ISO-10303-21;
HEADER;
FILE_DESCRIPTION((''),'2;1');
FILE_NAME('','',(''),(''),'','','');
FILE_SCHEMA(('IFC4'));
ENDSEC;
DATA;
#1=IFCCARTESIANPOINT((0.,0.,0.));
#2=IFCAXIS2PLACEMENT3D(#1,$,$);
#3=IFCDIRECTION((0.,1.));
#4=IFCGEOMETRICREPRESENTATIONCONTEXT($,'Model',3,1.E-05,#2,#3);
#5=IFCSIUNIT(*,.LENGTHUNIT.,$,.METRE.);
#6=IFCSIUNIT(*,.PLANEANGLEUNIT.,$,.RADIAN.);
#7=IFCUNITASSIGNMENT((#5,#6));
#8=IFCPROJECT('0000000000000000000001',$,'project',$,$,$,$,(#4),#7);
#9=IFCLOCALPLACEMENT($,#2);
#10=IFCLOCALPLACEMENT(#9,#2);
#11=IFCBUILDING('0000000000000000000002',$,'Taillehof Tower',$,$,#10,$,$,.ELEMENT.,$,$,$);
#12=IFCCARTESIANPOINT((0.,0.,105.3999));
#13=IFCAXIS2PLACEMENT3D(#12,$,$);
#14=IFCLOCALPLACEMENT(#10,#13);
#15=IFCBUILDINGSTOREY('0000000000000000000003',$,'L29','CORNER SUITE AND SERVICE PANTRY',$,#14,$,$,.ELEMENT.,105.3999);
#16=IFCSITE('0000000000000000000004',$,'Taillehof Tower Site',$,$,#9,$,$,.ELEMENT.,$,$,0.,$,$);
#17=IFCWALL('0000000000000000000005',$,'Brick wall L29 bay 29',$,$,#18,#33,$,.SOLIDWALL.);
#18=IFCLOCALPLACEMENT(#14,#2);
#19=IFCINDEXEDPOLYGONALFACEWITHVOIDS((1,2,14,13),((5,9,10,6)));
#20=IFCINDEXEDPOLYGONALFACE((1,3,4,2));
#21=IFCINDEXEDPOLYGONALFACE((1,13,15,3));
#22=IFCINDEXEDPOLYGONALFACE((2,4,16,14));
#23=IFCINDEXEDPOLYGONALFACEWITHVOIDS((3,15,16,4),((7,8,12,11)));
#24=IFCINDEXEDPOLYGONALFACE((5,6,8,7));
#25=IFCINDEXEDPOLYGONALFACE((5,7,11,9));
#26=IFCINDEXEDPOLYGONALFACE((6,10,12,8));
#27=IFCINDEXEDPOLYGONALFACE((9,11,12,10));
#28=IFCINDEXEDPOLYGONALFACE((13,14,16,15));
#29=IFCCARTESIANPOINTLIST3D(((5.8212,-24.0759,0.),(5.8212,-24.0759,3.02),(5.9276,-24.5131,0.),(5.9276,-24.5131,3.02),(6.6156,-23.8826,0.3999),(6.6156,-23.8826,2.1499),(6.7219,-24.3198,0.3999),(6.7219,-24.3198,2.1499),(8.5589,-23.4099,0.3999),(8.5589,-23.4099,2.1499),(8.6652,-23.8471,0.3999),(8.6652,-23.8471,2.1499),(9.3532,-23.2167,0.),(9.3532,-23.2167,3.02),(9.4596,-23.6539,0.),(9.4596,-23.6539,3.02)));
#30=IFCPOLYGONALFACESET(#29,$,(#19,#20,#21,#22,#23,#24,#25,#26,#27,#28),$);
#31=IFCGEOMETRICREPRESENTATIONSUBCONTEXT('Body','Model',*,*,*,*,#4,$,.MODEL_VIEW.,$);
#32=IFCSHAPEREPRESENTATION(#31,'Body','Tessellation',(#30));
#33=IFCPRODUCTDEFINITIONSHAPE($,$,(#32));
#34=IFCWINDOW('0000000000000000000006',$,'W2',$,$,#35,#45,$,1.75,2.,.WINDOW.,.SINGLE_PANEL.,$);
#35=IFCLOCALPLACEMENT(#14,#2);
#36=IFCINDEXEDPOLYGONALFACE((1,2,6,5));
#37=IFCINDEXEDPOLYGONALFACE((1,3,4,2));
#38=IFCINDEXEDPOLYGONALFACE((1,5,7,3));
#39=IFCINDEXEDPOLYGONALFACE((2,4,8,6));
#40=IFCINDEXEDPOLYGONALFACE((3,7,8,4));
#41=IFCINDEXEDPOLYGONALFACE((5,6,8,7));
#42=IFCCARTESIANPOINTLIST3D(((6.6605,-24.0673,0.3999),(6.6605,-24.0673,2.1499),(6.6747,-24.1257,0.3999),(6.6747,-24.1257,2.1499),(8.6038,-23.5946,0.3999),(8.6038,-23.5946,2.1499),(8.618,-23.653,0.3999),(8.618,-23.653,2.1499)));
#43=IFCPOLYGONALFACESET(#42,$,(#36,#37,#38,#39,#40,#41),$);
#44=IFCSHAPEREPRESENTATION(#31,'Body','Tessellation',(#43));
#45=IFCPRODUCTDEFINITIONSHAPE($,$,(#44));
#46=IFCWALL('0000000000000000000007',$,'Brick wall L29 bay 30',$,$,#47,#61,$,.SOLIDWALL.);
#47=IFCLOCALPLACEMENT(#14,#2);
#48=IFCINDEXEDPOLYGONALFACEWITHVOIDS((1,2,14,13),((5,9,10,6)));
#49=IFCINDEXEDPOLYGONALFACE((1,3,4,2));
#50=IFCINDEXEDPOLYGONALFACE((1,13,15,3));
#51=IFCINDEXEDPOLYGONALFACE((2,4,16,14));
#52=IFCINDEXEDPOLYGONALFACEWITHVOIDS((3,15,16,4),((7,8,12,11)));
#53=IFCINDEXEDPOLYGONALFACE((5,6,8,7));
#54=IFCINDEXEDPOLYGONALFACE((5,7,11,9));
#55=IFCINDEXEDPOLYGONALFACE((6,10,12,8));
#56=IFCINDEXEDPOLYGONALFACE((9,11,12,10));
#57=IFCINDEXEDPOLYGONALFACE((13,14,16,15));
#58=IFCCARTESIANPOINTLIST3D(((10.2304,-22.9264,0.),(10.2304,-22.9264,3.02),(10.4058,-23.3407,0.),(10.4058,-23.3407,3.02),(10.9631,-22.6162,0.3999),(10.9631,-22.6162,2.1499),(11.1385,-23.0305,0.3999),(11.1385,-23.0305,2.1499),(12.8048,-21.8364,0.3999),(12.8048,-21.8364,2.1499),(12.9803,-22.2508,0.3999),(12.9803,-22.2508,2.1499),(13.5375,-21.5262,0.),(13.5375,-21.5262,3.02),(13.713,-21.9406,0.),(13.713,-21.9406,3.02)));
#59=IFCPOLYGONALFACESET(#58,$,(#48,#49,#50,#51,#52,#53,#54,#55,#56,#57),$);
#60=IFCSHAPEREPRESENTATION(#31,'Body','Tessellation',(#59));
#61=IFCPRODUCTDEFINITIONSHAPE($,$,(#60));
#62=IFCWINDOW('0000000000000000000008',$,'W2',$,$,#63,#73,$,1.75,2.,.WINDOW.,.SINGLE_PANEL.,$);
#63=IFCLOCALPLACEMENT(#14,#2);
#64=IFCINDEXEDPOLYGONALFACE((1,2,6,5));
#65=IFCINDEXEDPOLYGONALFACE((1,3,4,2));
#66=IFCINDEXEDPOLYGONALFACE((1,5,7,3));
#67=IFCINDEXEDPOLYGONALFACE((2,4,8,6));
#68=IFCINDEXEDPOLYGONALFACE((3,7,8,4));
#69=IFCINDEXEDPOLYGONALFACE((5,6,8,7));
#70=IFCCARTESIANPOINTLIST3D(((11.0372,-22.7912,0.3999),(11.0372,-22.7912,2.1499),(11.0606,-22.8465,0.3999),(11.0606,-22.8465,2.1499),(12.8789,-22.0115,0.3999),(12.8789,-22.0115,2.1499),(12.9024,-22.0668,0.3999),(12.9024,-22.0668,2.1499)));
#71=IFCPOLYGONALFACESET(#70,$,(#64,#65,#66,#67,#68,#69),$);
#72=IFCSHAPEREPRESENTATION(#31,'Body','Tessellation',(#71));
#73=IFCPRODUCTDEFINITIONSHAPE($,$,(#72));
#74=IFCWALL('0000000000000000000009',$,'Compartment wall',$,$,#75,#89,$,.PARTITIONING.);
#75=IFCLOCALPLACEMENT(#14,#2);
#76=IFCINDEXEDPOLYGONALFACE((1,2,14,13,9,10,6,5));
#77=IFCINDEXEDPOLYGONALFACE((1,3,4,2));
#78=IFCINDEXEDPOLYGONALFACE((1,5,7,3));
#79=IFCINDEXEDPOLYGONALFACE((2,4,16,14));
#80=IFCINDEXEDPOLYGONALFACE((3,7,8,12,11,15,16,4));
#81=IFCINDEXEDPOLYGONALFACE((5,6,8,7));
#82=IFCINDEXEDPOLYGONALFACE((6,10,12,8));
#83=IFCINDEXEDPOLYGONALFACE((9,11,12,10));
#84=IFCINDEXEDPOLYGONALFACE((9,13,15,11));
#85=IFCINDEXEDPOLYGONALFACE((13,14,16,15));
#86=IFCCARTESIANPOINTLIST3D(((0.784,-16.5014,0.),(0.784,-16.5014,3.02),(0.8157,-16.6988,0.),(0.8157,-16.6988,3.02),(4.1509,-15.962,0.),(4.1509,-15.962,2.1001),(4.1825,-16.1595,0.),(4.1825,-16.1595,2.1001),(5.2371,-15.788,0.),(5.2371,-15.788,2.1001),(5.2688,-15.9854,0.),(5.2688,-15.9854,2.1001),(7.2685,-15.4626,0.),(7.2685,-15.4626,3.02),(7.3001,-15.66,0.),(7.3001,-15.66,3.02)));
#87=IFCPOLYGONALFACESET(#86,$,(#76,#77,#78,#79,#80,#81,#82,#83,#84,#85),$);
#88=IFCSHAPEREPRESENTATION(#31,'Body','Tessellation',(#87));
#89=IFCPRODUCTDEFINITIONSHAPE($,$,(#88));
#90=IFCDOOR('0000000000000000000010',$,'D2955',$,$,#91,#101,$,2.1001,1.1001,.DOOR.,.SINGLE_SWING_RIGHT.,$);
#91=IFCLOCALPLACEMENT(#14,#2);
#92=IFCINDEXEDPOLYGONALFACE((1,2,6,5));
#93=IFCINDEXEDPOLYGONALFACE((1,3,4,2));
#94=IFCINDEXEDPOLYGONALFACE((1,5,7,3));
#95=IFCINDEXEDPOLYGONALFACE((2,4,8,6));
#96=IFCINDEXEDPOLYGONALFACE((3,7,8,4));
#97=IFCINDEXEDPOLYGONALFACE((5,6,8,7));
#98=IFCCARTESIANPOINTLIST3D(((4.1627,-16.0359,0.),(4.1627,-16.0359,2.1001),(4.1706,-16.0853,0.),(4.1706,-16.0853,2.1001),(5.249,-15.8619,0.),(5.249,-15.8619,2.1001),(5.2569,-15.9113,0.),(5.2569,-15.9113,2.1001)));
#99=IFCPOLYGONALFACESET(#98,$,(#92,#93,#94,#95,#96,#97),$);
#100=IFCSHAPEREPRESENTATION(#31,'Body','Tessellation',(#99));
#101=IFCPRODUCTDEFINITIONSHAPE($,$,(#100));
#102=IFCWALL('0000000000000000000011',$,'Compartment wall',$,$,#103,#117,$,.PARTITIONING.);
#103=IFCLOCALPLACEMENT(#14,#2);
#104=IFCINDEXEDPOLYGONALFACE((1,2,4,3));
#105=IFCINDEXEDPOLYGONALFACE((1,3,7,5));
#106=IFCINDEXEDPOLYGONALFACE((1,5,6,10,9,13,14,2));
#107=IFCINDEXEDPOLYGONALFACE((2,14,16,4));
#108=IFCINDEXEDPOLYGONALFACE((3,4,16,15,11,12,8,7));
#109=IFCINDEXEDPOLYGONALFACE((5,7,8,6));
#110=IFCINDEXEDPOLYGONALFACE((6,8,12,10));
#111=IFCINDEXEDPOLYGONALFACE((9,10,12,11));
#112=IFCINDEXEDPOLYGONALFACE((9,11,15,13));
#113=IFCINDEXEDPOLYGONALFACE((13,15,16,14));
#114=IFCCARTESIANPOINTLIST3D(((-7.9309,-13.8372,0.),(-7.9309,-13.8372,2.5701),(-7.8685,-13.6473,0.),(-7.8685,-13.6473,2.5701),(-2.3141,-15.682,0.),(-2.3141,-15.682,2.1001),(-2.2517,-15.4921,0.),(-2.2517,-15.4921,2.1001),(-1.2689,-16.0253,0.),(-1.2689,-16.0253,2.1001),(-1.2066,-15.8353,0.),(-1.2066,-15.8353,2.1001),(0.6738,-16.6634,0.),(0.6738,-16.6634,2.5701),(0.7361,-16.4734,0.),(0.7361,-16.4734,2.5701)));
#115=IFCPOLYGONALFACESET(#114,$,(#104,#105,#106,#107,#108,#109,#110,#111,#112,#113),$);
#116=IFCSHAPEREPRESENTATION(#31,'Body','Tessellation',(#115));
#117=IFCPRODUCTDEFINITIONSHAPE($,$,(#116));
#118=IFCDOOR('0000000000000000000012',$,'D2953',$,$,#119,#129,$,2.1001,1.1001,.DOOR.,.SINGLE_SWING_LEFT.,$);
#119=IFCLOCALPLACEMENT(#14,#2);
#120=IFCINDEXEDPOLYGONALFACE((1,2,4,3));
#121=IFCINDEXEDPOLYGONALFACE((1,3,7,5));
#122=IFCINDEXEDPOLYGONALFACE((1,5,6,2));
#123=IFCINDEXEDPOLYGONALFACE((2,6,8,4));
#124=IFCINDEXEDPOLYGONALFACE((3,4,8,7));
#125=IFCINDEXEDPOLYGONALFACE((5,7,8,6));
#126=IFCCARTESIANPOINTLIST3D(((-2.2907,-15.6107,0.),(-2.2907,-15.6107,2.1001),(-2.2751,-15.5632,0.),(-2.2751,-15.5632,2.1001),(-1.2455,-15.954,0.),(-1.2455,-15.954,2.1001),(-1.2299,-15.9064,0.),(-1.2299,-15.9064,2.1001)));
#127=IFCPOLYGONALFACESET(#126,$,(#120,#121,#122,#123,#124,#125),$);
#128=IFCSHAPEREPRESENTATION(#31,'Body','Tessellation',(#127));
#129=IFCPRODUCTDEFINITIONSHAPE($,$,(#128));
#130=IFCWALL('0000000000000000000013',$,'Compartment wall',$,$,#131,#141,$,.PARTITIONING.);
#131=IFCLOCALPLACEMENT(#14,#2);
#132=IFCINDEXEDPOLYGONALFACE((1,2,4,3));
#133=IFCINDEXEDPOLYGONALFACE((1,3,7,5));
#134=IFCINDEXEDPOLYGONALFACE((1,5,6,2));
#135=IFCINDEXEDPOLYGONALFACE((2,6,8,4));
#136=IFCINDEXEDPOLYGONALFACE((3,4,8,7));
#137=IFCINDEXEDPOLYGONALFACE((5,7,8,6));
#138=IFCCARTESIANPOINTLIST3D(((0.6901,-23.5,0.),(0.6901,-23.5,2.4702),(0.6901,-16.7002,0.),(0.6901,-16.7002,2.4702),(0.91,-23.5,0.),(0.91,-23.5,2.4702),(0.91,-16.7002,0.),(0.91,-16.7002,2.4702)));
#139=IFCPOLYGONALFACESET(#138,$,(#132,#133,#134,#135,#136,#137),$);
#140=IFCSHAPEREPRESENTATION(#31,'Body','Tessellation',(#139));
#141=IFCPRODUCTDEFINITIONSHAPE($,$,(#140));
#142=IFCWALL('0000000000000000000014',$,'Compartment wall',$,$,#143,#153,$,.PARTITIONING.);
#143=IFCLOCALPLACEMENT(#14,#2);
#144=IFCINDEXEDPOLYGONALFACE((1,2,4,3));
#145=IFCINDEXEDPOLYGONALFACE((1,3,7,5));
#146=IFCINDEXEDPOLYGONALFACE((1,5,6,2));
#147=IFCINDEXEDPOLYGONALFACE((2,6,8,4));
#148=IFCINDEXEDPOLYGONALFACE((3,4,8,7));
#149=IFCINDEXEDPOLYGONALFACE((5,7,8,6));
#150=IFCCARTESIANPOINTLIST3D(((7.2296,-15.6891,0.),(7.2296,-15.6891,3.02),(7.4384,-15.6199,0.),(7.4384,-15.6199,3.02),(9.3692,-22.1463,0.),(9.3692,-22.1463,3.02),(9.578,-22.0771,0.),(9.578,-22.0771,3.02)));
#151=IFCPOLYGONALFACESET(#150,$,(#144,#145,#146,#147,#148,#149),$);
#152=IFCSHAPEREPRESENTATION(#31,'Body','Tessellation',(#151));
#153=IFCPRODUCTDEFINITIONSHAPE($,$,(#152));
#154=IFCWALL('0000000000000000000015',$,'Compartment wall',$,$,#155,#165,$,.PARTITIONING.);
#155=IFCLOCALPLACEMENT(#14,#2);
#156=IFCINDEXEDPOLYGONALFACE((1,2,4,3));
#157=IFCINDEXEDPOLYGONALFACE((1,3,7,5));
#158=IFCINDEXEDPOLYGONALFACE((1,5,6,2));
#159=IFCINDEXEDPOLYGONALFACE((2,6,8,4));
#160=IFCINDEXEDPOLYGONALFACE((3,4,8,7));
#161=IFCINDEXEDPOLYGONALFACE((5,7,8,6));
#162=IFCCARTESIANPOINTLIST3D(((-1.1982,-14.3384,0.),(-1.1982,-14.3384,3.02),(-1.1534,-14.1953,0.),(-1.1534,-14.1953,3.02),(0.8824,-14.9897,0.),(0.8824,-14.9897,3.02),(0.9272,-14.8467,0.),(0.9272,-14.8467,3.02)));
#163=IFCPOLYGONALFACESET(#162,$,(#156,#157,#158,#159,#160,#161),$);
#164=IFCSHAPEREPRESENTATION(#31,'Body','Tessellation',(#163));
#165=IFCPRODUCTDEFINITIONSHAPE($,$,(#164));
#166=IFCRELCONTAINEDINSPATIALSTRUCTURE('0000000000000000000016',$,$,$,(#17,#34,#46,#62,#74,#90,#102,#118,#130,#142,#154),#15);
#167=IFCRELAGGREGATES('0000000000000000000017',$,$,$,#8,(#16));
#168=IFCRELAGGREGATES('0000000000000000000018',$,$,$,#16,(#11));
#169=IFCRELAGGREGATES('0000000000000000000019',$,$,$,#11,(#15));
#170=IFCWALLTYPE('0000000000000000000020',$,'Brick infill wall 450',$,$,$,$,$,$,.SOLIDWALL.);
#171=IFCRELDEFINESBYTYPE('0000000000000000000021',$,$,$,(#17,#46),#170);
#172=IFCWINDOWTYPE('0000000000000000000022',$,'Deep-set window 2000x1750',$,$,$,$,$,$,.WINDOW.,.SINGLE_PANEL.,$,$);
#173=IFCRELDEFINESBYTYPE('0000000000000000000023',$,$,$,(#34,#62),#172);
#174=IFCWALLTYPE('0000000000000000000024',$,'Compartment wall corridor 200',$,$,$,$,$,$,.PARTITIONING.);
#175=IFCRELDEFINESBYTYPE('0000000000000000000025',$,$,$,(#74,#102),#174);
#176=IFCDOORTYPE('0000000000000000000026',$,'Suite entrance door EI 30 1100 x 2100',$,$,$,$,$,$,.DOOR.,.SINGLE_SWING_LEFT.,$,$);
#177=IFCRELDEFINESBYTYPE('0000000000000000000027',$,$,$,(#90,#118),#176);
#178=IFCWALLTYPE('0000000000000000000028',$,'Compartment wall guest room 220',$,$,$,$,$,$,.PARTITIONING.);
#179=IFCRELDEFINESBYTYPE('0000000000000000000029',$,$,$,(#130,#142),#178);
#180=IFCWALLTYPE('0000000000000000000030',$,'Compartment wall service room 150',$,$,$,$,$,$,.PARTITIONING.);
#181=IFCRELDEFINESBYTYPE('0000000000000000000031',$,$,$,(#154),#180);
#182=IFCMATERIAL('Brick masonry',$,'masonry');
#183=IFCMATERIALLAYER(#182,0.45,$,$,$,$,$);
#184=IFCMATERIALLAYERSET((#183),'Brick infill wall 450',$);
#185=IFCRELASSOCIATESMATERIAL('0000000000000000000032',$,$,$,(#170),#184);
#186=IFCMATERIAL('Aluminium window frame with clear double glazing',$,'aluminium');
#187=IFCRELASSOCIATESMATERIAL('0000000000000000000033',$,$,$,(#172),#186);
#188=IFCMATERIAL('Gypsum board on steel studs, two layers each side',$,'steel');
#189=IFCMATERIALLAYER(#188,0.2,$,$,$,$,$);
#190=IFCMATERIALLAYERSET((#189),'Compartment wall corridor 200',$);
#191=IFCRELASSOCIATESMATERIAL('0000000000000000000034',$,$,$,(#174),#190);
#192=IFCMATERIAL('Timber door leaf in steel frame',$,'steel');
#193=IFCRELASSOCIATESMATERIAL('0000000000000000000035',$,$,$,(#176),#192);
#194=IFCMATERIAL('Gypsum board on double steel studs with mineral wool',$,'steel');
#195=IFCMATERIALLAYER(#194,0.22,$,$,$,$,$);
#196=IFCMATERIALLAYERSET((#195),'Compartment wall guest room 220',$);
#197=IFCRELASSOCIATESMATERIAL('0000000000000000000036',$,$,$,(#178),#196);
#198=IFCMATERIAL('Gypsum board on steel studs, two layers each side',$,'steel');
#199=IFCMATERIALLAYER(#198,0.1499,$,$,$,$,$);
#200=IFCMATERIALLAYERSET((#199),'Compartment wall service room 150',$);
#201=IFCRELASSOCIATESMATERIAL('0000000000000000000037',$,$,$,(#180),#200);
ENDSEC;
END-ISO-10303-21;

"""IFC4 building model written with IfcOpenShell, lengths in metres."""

from ifc_helpers import new_model, si_unit, direction, frame, frame_2d, origin, place, context, subcontext, project, spatial, rectangle, extrude, material, layer, layer_set, type_object, element, fill, save


model = new_model("IFC4")

# Units and contexts
model_context = context("Model", 3, precision=1e-05, world=origin(), true_north=direction((0.0, 1.0)))
body_context = subcontext(model_context, "Body", "Model", "MODEL_VIEW")
ifc_project = project(units=[si_unit("LENGTHUNIT", "METRE"), si_unit("PLANEANGLEUNIT", "RADIAN")], contexts=[model_context])

# Site, building, storey
site_placement = place(None, origin())
site = spatial("IfcSite", under=ifc_project, at=site_placement, Name="Taillehof Tower Site", CompositionType="ELEMENT", RefElevation=0.0)
building_placement = place(site_placement, origin())
building = spatial("IfcBuilding", under=site, at=building_placement, Name="Taillehof Tower", CompositionType="ELEMENT")
storey_placement = place(building_placement, frame((0.0, 0.0, 105.3999)))
storey = spatial("IfcBuildingStorey", under=building, at=storey_placement, Name="L29", Description="CORNER SUITE AND SERVICE PANTRY", CompositionType="ELEMENT", Elevation=105.3999)

# Walls, openings, windows
ifc_material_1 = material(Name="Brick masonry", Category="masonry")
ifc_layer_1 = layer(ifc_material_1, 0.45)
ifc_layer_set_1 = layer_set([ifc_layer_1], Name="Brick infill wall 450")
wall_type_1 = type_object("IfcWallType", Name="Brick infill wall 450", PredefinedType="SOLIDWALL", material=ifc_layer_set_1)
ifc_material_2 = material(Name="Aluminium window frame with clear double glazing", Category="aluminium")
window_type = type_object("IfcWindowType", Name="Deep-set window 2000x1750", PartitioningType="SINGLE_PANEL", PredefinedType="WINDOW", material=ifc_material_2)
wall_1_placement = place(storey_placement, frame((5.8745, -24.2944, 0.0), z_axis=(0.0, 0.0, 1.0), x_axis=(0.971668, 0.236352, 0.0)))
wall_1 = element("IfcWall", 1, at=wall_1_placement, inside=storey, type_object=wall_type_1, Name="Brick wall L29 bay 29", PredefinedType="SOLIDWALL", context=body_context, shape_type="SweptSolid", body=[
    extrude(rectangle(XDim=3.635, YDim=0.45, at=frame_2d((1.8174, 0.0))), origin(), (0.0, 0.0, 1.0), 3.02),
])
opening_1_placement = place(wall_1_placement, frame((0.8174, 0.0, 0.3999)))
opening_1 = element("IfcOpeningElement", 2, at=opening_1_placement, cuts=wall_1, PredefinedType="OPENING", context=body_context, shape_type="SweptSolid", body=[
    extrude(rectangle(XDim=2.0, YDim=1.75, at=frame_2d((1.0, 0.875))), frame((0.0, 0.2349, 0.0), z_axis=(0.0, -1.0, 0.0), x_axis=(1.0, 0.0, 0.0)), (0.0, 0.0, 1.0), 0.47),
])
window_1_placement = place(opening_1_placement, origin())
window_1 = element("IfcWindow", 3, at=window_1_placement, inside=storey, type_object=window_type, Name="W2", OverallHeight=1.75, OverallWidth=2.0, PartitioningType="SINGLE_PANEL", PredefinedType="WINDOW", context=body_context, shape_type="SweptSolid", body=[
    extrude(rectangle(XDim=2.0, YDim=1.75, at=frame_2d((1.0, 0.875))), frame((0.0, 0.0349, 0.0), z_axis=(0.0, -1.0, 0.0), x_axis=(1.0, 0.0, 0.0)), (0.0, 0.0, 1.0), 0.0601),
])
fill(opening_1, window_1)
wall_2_placement = place(storey_placement, frame((10.3181, -23.1335, 0.0), z_axis=(0.0, 0.0, 1.0), x_axis=(0.92087, 0.389871, 0.0)))
wall_2 = element("IfcWall", 4, at=wall_2_placement, inside=storey, type_object=wall_type_1, Name="Brick wall L29 bay 30", PredefinedType="SOLIDWALL", context=body_context, shape_type="SweptSolid", body=[
    extrude(rectangle(XDim=3.5913, YDim=0.45, at=frame_2d((1.7957, 0.0))), origin(), (0.0, 0.0, 1.0), 3.02),
])
opening_2_placement = place(wall_2_placement, frame((0.7957, 0.0, 0.3999)))
opening_2 = element("IfcOpeningElement", 5, at=opening_2_placement, cuts=wall_2, PredefinedType="OPENING", context=body_context, shape_type="SweptSolid", body=[
    extrude(rectangle(XDim=2.0, YDim=1.75, at=frame_2d((1.0, 0.875))), frame((0.0, 0.2349, 0.0), z_axis=(0.0, -1.0, 0.0), x_axis=(1.0, 0.0, 0.0)), (0.0, 0.0, 1.0), 0.47),
])
window_2_placement = place(opening_2_placement, origin())
window_2 = element("IfcWindow", 6, at=window_2_placement, inside=storey, type_object=window_type, Name="W2", OverallHeight=1.75, OverallWidth=2.0, PartitioningType="SINGLE_PANEL", PredefinedType="WINDOW", context=body_context, shape_type="SweptSolid", body=[
    extrude(rectangle(XDim=2.0, YDim=1.75, at=frame_2d((1.0, 0.875))), frame((0.0, 0.0349, 0.0), z_axis=(0.0, -1.0, 0.0), x_axis=(1.0, 0.0, 0.0)), (0.0, 0.0, 1.0), 0.0601),
])
fill(opening_2, window_2)

# Walls, openings, doors
ifc_material_3 = material(Name="Gypsum board on steel studs, two layers each side", Category="steel")
ifc_layer_2 = layer(ifc_material_3, 0.2)
ifc_layer_set_2 = layer_set([ifc_layer_2], Name="Compartment wall corridor 200")
wall_type_2 = type_object("IfcWallType", Name="Compartment wall corridor 200", PredefinedType="PARTITIONING", material=ifc_layer_set_2)
wall_3_placement = place(storey_placement, frame((7.2844, -15.5613, 0.0), z_axis=(0.0, 0.0, 1.0), x_axis=(-0.987409, -0.158186, 0.0)))
wall_3 = element("IfcWall", 7, at=wall_3_placement, inside=storey, type_object=wall_type_2, Name="Compartment wall", PredefinedType="PARTITIONING", context=body_context, shape_type="SweptSolid", body=[
    extrude(rectangle(XDim=6.5671, YDim=0.2, at=frame_2d((3.2837, 0.0))), origin(), (0.0, 0.0, 1.0), 3.02),
])
opening_3_placement = place(wall_3_placement, frame((2.0574, 0.0, 0.0)))
opening_3 = element("IfcOpeningElement", 8, at=opening_3_placement, cuts=wall_3, PredefinedType="OPENING", context=body_context, shape_type="SweptSolid", body=[
    extrude(rectangle(XDim=1.1001, YDim=2.1001, at=frame_2d((0.55, 1.05))), frame((0.0, 0.1099, 0.0), z_axis=(0.0, -1.0, 0.0), x_axis=(1.0, 0.0, 0.0)), (0.0, 0.0, 1.0), 0.22),
])
ifc_material_4 = material(Name="Timber door leaf in steel frame", Category="steel")
door_type_1 = type_object("IfcDoorType", Name="Suite entrance door EI 30 1100 x 2100", OperationType="SINGLE_SWING_LEFT", PredefinedType="DOOR", material=ifc_material_4)
door_1_placement = place(opening_3_placement, origin())
door_1 = element("IfcDoor", 9, at=door_1_placement, inside=storey, type_object=door_type_1, Name="D2955", OperationType="SINGLE_SWING_RIGHT", OverallHeight=2.1001, OverallWidth=1.1001, PredefinedType="DOOR", context=body_context, shape_type="SweptSolid", body=[
    extrude(rectangle(XDim=1.1001, YDim=2.1001, at=frame_2d((0.55, 1.05))), frame((0.0, 0.0249, 0.0), z_axis=(0.0, -1.0, 0.0), x_axis=(1.0, 0.0, 0.0)), (0.0, 0.0, 1.0), 0.05),
])
fill(opening_3, door_1)
wall_4_placement = place(storey_placement, frame((0.7048, -16.5684, 0.0), z_axis=(0.0, 0.0, 1.0), x_axis=(-0.950068, 0.312044, 0.0)))
wall_4 = element("IfcWall", 10, at=wall_4_placement, inside=storey, type_object=wall_type_2, Name="Compartment wall", PredefinedType="PARTITIONING", context=body_context, shape_type="SweptSolid", body=[
    extrude(rectangle(XDim=9.0569, YDim=0.2, at=frame_2d((4.5283, 0.0))), origin(), (0.0, 0.0, 1.0), 2.5701),
])
opening_4_placement = place(wall_4_placement, frame((2.0447, 0.0, 0.0)))
opening_4 = element("IfcOpeningElement", 11, at=opening_4_placement, cuts=wall_4, PredefinedType="OPENING", context=body_context, shape_type="SweptSolid", body=[
    extrude(rectangle(XDim=1.1001, YDim=2.1001, at=frame_2d((0.55, 1.05))), frame((0.0, 0.1099, 0.0), z_axis=(0.0, -1.0, 0.0), x_axis=(1.0, 0.0, 0.0)), (0.0, 0.0, 1.0), 0.22),
])
door_2_placement = place(opening_4_placement, origin())
door_2 = element("IfcDoor", 12, at=door_2_placement, inside=storey, type_object=door_type_1, Name="D2953", OperationType="SINGLE_SWING_LEFT", OverallHeight=2.1001, OverallWidth=1.1001, PredefinedType="DOOR", context=body_context, shape_type="SweptSolid", body=[
    extrude(rectangle(XDim=1.1001, YDim=2.1001, at=frame_2d((0.55, 1.05))), frame((0.0, 0.0249, 0.0), z_axis=(0.0, -1.0, 0.0), x_axis=(1.0, 0.0, 0.0)), (0.0, 0.0, 1.0), 0.05),
])
fill(opening_4, door_2)

# Walls
ifc_material_5 = material(Name="Gypsum board on double steel studs with mineral wool", Category="steel")
ifc_layer_3 = layer(ifc_material_5, 0.22)
ifc_layer_set_3 = layer_set([ifc_layer_3], Name="Compartment wall guest room 220")
wall_type_3 = type_object("IfcWallType", Name="Compartment wall guest room 220", PredefinedType="PARTITIONING", material=ifc_layer_set_3)
wall_5_placement = place(storey_placement, frame((0.8, -23.5, 0.0), z_axis=(0.0, 0.0, 1.0), x_axis=(0.0, 1.0, 0.0)))
element("IfcWall", 13, at=wall_5_placement, inside=storey, type_object=wall_type_3, Name="Compartment wall", PredefinedType="PARTITIONING", context=body_context, shape_type="SweptSolid", body=[
    extrude(rectangle(XDim=6.7998, YDim=0.22, at=frame_2d((3.3999, 0.0))), origin(), (0.0, 0.0, 1.0), 2.4702),
])
wall_6_placement = place(storey_placement, frame((9.4736, -22.1118, 0.0), z_axis=(0.0, 0.0, 1.0), x_axis=(-0.314537, 0.949245, 0.0)))
element("IfcWall", 14, at=wall_6_placement, inside=storey, type_object=wall_type_3, Name="Compartment wall", PredefinedType="PARTITIONING", context=body_context, shape_type="SweptSolid", body=[
    extrude(rectangle(XDim=6.8025, YDim=0.22, at=frame_2d((3.4014, 0.0))), origin(), (0.0, 0.0, 1.0), 3.02),
])
ifc_material_6 = material(Name="Gypsum board on steel studs, two layers each side", Category="steel")
ifc_layer_4 = layer(ifc_material_6, 0.1499)
ifc_layer_set_4 = layer_set([ifc_layer_4], Name="Compartment wall service room 150")
wall_type_4 = type_object("IfcWallType", Name="Compartment wall service room 150", PredefinedType="PARTITIONING", material=ifc_layer_set_4)
wall_7_placement = place(storey_placement, frame((0.9048, -14.9182, 0.0), z_axis=(0.0, 0.0, 1.0), x_axis=(-0.954324, 0.298772, 0.0)))
element("IfcWall", 15, at=wall_7_placement, inside=storey, type_object=wall_type_4, Name="Compartment wall", PredefinedType="PARTITIONING", context=body_context, shape_type="SweptSolid", body=[
    extrude(rectangle(XDim=2.1802, YDim=0.1499, at=frame_2d((1.0901, 0.0))), origin(), (0.0, 0.0, 1.0), 3.02),
])

save(model, "model.ifc")
